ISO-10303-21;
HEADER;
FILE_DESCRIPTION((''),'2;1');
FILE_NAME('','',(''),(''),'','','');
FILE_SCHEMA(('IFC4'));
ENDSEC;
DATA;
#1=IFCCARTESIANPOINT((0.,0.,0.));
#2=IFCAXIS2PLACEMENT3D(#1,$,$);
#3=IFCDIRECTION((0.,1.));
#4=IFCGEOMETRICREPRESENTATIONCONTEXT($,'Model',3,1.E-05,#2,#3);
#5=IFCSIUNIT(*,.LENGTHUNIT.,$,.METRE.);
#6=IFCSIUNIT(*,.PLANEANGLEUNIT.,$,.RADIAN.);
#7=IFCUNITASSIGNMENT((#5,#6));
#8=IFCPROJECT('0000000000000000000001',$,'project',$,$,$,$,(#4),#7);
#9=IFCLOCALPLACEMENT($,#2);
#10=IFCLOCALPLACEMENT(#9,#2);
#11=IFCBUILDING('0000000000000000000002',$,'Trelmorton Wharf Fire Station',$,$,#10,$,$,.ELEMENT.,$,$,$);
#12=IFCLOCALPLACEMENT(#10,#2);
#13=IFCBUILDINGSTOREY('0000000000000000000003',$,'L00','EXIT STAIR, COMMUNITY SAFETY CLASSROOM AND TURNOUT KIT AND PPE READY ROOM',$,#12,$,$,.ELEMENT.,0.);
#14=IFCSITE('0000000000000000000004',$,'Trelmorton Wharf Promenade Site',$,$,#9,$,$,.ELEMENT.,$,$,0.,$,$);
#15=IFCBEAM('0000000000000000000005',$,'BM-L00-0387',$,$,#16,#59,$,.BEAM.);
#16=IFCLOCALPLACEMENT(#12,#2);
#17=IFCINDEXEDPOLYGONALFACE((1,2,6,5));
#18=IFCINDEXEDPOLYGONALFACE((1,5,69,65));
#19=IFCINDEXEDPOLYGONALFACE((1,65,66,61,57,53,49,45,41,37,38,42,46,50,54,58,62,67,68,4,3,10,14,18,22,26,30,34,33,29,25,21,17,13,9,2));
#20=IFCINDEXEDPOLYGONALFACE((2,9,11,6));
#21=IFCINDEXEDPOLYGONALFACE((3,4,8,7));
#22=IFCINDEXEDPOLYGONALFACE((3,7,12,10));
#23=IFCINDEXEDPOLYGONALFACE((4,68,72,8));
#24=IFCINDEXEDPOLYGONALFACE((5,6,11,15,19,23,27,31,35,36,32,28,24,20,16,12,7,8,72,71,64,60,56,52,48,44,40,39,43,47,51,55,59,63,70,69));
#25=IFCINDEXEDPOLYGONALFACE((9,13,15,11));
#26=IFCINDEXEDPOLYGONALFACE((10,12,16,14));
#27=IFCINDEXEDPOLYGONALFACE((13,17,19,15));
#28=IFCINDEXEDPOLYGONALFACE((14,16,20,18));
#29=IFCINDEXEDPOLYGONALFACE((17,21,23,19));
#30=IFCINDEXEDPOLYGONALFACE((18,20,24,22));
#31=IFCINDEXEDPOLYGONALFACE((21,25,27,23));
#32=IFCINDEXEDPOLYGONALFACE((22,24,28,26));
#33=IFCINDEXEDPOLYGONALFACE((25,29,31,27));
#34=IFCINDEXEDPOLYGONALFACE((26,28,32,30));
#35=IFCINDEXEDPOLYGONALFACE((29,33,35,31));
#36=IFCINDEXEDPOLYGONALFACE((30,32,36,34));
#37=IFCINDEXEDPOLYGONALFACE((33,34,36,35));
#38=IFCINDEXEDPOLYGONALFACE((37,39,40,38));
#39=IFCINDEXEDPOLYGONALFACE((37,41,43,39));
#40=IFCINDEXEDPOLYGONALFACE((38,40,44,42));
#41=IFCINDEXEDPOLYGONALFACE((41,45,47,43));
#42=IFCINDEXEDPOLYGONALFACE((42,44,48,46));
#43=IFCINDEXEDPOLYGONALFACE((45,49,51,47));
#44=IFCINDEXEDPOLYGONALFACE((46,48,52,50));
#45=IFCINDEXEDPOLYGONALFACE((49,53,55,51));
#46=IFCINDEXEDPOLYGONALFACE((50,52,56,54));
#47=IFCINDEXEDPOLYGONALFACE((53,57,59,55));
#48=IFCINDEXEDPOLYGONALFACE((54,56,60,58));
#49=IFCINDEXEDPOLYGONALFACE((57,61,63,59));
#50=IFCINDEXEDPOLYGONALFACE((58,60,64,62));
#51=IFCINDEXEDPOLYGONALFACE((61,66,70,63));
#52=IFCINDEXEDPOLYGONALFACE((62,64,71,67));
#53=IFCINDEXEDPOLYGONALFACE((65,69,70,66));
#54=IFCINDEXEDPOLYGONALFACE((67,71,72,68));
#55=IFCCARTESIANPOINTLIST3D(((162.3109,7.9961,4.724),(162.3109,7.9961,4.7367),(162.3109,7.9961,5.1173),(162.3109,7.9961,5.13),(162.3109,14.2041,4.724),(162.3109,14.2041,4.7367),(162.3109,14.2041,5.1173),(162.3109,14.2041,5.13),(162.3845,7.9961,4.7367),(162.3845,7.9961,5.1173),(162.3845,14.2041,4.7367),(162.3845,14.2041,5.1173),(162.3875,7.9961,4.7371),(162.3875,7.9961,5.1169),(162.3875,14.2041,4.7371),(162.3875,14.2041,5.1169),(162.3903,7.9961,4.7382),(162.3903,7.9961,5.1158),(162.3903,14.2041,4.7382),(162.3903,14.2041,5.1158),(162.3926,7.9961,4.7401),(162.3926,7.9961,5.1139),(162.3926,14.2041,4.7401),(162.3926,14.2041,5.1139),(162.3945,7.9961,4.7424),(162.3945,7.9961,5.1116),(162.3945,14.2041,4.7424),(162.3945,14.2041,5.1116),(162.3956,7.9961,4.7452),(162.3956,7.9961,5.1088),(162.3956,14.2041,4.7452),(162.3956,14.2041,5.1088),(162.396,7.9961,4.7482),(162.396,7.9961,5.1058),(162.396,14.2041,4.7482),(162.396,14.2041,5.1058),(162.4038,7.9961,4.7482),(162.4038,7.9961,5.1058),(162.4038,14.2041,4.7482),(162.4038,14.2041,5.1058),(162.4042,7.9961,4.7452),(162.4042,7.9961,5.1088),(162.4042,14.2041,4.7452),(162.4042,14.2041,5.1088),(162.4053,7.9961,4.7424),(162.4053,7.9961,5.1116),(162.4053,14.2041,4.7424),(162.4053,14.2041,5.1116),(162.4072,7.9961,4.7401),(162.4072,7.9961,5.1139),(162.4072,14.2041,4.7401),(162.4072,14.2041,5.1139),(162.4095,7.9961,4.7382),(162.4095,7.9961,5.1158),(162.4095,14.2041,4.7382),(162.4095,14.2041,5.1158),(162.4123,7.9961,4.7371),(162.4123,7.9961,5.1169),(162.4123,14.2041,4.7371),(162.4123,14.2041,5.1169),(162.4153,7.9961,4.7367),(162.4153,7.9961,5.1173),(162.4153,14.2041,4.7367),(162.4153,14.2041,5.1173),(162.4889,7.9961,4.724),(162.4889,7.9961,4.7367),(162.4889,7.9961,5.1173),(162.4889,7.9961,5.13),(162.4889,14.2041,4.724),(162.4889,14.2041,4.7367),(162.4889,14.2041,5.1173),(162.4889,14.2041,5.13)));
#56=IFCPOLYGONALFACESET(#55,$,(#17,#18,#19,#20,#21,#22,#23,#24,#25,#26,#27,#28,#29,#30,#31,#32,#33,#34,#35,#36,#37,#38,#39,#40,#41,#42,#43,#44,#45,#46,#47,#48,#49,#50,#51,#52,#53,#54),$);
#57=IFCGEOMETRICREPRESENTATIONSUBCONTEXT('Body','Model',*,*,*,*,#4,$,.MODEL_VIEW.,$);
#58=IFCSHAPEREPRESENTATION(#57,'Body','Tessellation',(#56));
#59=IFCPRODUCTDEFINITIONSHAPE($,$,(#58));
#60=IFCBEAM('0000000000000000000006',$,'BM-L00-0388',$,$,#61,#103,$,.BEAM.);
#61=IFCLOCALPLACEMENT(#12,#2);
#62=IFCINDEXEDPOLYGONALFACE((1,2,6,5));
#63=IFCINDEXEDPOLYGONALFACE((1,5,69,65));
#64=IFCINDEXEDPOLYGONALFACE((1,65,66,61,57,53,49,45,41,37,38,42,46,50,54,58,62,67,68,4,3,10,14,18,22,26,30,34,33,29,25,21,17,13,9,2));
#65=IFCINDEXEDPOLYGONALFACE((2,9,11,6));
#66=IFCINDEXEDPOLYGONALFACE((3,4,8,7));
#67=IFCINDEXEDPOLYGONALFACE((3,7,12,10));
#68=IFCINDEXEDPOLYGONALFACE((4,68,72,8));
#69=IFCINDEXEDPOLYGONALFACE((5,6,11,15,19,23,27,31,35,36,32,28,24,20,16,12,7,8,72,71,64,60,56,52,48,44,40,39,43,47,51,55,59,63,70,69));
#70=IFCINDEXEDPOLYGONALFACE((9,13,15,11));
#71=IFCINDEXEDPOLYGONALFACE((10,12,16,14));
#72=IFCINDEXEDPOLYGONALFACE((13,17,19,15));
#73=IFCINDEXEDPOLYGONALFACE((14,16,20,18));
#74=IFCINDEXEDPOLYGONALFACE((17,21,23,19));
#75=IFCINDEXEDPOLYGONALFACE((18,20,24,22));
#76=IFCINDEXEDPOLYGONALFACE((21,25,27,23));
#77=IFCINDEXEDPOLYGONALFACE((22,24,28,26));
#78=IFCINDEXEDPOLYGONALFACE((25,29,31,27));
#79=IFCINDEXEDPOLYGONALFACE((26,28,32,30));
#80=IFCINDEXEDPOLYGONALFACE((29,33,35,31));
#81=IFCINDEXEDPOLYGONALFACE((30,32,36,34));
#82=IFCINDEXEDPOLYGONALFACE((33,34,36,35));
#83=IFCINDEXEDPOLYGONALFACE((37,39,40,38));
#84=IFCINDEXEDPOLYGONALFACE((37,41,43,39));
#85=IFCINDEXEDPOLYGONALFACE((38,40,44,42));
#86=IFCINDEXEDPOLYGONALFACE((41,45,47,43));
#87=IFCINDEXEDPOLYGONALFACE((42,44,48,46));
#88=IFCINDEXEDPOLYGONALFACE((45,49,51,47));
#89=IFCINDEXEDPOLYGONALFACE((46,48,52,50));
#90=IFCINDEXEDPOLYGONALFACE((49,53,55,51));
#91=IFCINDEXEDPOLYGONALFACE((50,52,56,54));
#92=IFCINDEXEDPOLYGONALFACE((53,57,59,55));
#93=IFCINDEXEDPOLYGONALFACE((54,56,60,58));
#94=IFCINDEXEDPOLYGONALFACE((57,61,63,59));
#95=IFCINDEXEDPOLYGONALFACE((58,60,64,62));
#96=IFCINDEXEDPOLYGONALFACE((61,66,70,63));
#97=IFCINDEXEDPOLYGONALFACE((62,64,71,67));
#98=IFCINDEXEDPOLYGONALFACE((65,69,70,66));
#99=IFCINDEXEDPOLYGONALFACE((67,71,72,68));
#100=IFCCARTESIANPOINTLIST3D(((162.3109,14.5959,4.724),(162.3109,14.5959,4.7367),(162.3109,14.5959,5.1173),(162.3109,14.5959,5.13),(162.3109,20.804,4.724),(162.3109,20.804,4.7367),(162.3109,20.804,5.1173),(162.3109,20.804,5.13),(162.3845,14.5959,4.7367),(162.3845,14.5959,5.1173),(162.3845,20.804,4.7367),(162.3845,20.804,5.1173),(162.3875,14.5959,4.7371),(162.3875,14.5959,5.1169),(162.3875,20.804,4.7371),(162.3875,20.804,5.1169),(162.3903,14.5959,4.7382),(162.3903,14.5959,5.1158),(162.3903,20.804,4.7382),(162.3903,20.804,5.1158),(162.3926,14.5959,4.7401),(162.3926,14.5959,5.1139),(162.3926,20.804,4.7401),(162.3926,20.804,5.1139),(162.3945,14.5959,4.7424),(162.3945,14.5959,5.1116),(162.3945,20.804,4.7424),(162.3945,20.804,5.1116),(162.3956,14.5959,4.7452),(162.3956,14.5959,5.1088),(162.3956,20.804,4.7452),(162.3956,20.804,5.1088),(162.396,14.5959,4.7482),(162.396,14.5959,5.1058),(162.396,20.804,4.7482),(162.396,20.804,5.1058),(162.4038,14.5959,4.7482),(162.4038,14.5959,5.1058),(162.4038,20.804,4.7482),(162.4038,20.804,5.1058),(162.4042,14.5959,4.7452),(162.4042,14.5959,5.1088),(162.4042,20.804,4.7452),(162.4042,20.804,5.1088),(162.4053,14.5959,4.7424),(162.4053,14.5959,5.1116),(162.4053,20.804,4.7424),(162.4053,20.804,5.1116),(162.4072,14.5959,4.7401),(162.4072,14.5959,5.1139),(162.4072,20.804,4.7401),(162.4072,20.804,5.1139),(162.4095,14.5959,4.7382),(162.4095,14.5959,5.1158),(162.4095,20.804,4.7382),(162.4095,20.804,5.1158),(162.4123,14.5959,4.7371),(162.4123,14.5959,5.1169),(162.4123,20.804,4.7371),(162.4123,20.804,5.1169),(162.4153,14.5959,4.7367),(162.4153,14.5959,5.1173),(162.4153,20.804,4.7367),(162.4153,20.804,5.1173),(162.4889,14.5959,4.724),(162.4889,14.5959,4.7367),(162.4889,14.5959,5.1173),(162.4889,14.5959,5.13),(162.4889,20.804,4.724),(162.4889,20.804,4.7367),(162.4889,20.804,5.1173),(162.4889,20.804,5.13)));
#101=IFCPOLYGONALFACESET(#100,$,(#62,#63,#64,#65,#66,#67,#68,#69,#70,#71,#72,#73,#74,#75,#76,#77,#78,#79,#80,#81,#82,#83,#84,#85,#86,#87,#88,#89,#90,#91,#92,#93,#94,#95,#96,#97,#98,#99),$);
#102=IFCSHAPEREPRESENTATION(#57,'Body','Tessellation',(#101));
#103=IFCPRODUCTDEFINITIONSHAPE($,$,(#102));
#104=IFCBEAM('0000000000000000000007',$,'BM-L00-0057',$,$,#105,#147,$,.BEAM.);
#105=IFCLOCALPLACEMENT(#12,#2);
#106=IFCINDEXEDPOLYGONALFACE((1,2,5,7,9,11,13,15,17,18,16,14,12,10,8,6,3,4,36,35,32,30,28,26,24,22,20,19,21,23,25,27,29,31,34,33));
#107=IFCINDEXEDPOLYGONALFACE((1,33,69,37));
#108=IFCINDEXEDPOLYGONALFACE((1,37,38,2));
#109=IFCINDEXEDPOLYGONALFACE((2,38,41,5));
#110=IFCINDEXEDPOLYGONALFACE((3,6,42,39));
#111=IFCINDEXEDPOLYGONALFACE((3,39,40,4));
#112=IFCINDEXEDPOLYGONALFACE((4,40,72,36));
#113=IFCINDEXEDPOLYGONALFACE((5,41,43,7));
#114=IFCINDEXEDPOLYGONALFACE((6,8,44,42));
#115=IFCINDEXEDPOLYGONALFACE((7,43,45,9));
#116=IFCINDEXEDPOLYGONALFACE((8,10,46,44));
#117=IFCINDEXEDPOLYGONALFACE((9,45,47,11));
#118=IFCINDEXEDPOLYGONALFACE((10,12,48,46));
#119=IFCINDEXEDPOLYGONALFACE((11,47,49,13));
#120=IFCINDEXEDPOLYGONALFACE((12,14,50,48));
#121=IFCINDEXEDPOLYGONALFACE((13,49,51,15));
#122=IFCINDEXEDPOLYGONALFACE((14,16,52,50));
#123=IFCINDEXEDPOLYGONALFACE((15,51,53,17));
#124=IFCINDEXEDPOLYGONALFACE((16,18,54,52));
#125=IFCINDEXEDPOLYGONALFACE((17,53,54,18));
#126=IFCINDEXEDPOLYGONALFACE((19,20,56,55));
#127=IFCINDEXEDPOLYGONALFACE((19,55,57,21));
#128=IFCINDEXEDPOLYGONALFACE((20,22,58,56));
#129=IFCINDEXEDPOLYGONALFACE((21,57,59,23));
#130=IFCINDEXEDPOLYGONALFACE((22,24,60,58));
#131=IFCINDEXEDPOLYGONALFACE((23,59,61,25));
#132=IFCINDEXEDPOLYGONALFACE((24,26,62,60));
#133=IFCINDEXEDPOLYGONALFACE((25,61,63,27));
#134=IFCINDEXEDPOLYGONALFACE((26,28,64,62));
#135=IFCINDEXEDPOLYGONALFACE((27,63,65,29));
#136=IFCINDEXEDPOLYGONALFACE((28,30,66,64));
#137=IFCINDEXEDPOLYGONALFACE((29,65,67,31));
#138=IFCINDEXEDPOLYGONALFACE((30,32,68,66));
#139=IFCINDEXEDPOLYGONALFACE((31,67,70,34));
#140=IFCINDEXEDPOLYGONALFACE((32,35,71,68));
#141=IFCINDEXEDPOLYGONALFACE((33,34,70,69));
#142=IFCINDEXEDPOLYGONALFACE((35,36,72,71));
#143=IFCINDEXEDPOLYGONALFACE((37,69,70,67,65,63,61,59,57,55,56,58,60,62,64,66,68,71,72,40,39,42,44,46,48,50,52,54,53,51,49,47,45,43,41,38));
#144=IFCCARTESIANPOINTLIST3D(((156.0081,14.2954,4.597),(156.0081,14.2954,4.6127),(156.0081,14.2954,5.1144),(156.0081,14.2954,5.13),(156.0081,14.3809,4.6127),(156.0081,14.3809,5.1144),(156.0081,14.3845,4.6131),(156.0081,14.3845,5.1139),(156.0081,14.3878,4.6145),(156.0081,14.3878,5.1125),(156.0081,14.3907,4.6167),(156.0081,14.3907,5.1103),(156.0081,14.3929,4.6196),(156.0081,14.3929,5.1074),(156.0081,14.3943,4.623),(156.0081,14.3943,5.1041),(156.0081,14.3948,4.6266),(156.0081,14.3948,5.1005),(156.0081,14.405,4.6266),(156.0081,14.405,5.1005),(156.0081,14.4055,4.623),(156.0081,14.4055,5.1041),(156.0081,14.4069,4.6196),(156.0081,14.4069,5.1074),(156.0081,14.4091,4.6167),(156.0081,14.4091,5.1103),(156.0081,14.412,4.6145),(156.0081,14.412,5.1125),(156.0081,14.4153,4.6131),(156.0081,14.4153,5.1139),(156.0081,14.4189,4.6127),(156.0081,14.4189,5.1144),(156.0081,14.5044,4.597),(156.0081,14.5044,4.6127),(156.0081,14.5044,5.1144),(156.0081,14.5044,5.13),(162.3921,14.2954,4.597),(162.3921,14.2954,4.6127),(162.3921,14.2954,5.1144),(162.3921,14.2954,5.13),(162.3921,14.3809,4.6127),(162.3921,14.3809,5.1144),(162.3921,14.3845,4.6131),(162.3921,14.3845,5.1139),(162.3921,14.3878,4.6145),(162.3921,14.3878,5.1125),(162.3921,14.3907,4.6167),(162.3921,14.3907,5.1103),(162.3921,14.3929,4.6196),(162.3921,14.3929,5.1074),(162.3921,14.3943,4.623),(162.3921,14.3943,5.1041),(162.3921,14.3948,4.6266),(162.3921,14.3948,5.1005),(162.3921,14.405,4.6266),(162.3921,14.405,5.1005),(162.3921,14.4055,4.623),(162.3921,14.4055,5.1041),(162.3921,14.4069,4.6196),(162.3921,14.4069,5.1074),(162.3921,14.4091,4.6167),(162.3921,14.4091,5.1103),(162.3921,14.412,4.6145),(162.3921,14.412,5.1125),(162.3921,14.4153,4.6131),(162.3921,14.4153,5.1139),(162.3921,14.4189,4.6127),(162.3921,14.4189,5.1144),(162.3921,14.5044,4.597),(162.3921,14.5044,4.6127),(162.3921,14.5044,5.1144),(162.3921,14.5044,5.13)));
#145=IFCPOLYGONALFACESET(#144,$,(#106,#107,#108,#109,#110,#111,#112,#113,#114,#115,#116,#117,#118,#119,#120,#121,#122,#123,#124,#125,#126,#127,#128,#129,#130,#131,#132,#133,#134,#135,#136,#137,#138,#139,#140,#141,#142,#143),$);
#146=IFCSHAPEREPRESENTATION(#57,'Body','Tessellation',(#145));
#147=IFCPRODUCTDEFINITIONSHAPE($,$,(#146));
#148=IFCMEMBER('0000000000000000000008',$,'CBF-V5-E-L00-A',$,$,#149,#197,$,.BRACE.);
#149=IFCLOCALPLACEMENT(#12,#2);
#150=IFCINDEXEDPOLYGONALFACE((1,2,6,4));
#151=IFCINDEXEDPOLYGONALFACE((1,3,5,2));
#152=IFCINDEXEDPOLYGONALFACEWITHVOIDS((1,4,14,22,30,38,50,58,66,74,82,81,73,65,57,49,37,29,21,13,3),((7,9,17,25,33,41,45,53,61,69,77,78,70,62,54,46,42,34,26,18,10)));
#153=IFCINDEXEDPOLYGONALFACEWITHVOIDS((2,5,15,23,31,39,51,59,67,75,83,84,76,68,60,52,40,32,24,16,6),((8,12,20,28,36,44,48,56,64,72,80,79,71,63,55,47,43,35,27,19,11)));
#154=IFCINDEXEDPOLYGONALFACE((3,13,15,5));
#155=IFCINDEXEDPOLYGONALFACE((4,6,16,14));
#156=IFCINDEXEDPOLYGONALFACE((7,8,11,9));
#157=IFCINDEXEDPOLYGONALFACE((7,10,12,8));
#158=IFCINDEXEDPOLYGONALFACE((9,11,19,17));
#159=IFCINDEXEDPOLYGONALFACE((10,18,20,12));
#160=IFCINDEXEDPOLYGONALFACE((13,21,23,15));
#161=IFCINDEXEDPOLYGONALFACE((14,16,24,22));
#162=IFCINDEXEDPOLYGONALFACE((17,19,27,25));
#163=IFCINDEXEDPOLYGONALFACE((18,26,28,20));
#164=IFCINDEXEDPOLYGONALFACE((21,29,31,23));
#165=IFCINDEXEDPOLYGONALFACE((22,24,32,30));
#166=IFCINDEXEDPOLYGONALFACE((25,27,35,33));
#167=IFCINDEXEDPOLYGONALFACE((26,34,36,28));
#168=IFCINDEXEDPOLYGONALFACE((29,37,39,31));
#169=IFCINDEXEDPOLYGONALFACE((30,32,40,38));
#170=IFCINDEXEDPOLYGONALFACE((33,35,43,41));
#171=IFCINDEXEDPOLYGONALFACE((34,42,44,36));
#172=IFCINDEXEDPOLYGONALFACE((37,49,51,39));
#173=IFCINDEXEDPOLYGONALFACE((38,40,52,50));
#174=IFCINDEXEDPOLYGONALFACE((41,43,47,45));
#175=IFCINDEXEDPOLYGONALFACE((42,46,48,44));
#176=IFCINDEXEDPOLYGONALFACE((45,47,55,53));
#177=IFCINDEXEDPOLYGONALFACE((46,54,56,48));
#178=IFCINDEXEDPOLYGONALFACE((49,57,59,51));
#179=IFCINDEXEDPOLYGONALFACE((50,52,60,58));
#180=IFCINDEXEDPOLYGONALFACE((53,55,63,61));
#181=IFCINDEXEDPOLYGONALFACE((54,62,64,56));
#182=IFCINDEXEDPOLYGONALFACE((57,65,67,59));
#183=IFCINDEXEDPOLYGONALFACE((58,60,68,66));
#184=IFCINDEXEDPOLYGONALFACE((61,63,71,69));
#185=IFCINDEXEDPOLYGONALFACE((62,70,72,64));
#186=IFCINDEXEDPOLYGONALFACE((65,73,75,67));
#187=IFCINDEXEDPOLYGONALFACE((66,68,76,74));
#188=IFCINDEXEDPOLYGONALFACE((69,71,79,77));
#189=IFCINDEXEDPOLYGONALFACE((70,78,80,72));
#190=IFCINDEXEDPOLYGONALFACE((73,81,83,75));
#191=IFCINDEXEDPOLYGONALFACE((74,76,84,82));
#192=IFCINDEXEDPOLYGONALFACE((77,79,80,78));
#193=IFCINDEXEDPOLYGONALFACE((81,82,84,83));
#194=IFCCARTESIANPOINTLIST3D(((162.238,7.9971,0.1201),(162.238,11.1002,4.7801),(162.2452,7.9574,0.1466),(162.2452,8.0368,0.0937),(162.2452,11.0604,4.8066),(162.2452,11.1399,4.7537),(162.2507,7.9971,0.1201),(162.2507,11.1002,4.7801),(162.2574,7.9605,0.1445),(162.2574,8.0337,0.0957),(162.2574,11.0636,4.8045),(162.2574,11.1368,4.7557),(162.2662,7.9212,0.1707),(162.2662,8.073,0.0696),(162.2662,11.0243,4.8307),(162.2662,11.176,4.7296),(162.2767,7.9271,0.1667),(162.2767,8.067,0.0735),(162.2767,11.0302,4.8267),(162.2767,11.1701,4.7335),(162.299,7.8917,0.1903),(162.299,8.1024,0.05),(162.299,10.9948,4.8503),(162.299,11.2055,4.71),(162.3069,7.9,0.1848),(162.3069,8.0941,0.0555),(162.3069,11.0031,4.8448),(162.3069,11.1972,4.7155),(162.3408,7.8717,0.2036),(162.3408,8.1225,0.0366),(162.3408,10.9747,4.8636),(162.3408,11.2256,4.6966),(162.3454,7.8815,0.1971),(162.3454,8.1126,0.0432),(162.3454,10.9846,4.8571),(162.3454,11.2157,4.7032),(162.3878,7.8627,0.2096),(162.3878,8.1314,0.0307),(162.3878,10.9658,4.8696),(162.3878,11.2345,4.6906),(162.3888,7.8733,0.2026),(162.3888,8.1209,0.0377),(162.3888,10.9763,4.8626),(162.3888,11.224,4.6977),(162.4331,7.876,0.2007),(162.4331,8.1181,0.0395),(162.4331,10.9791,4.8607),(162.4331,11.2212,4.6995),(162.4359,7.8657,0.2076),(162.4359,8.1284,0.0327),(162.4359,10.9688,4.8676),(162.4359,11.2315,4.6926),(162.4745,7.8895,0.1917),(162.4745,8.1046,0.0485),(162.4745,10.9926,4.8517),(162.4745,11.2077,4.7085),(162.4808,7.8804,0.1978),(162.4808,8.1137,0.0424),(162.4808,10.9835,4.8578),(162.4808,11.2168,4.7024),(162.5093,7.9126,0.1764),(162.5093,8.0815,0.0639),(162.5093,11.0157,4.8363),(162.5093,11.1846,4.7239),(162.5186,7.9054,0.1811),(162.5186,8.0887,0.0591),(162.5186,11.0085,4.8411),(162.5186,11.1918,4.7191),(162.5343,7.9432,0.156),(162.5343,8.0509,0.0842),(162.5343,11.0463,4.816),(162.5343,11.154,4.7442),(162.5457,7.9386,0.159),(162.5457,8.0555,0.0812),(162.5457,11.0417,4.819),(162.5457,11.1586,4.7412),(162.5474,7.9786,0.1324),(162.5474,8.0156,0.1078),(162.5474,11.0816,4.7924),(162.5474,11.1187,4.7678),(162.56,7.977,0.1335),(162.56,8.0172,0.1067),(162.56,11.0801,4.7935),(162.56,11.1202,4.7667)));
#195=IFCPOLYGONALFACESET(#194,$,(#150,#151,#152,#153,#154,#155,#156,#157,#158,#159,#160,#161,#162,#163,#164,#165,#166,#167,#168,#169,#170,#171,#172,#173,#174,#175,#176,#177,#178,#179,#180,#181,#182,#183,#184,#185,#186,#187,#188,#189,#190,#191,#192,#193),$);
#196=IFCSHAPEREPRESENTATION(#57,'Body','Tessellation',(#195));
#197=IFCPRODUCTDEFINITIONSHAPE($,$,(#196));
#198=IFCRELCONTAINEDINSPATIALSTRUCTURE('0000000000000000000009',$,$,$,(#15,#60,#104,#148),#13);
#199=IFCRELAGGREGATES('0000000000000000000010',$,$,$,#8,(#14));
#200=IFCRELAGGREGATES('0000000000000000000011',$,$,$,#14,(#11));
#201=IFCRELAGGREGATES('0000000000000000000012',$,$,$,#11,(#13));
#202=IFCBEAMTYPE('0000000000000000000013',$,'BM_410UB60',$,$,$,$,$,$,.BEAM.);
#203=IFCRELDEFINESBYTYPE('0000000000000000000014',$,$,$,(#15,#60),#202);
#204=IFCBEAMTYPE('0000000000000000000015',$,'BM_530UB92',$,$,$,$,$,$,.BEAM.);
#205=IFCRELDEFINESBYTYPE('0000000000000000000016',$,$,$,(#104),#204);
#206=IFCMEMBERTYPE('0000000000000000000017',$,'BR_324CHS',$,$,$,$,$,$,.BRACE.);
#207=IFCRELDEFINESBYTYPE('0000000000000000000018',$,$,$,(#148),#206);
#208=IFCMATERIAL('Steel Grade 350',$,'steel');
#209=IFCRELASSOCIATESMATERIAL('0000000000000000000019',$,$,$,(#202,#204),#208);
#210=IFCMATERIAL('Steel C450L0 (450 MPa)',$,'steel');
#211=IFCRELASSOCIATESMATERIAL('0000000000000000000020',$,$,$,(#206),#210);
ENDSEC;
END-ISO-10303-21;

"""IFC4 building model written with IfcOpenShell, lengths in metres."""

from ifc_helpers import new_model, si_unit, direction, frame, origin, origin_2d, place, context, subcontext, project, spatial, hollow_circle, i_section, extrude, material, material_profile, profile_set, type_object, element, save


model = new_model("IFC4")

# Units and contexts
model_context = context("Model", 3, precision=1e-05, world=origin(), true_north=direction((0.0, 1.0)))
body_context = subcontext(model_context, "Body", "Model", "MODEL_VIEW")
ifc_project = project(units=[si_unit("LENGTHUNIT", "METRE"), si_unit("PLANEANGLEUNIT", "RADIAN")], contexts=[model_context])

# Site, building, storey
site_placement = place(None, origin())
site = spatial("IfcSite", under=ifc_project, at=site_placement, Name="Trelmorton Wharf Promenade Site", CompositionType="ELEMENT", RefElevation=0.0)
building_placement = place(site_placement, origin())
building = spatial("IfcBuilding", under=site, at=building_placement, Name="Trelmorton Wharf Fire Station", CompositionType="ELEMENT")
storey_placement = place(building_placement, origin())
storey = spatial("IfcBuildingStorey", under=building, at=storey_placement, Name="L00", Description="EXIT STAIR, COMMUNITY SAFETY CLASSROOM AND TURNOUT KIT AND PPE READY ROOM", CompositionType="ELEMENT", Elevation=0.0)

# Shared definitions
ifc_material_1 = material(Name="Steel Grade 350", Category="steel")

# Beams
ifc_material_profile_1 = material_profile(ifc_material_1, i_section(OverallWidth=0.178, OverallDepth=0.406, WebThickness=0.0078, FlangeThickness=0.0127, FilletRadius=0.0115, at=origin_2d()), Name="410UB59.7")
ifc_profile_set_1 = profile_set([ifc_material_profile_1], Name="Steel Grade 350")
beam_type_1 = type_object("IfcBeamType", Name="BM_410UB60", PredefinedType="BEAM", material=ifc_profile_set_1)
for number, where, z_axis, x_axis, name in (
    (1, (162.3999, 7.9961, 4.927), (0.0, 1.0, 0.0), (-1.0, 0.0, 0.0), "BM-L00-0387"),
    (2, (162.3999, 14.5959, 4.927), (0.0, 1.0, 0.0), (-1.0, 0.0, 0.0), "BM-L00-0388"),
):
    element("IfcBeam", number, at=place(storey_placement, frame(where, z_axis=z_axis, x_axis=x_axis)), inside=storey, type_object=beam_type_1, Name=name, PredefinedType="BEAM", context=body_context, shape_type="SweptSolid", body=[
        extrude(i_section(OverallWidth=0.178, OverallDepth=0.406, WebThickness=0.0078, FlangeThickness=0.0127, FilletRadius=0.0115, at=origin_2d()), origin(), (0.0, 0.0, 1.0), 6.208),
    ])
ifc_material_profile_2 = material_profile(ifc_material_1, i_section(OverallWidth=0.209, OverallDepth=0.533, WebThickness=0.0103, FlangeThickness=0.0156, FilletRadius=0.0139, at=origin_2d()), Name="530UB92.4")
ifc_profile_set_2 = profile_set([ifc_material_profile_2], Name="Steel Grade 350")
beam_type_2 = type_object("IfcBeamType", Name="BM_530UB92", PredefinedType="BEAM", material=ifc_profile_set_2)
beam_placement = place(storey_placement, frame((156.0081, 14.3999, 4.8635), z_axis=(1.0, 0.0, 0.0), x_axis=(0.0, 1.0, 0.0)))
element("IfcBeam", 3, at=beam_placement, inside=storey, type_object=beam_type_2, Name="BM-L00-0057", PredefinedType="BEAM", context=body_context, shape_type="SweptSolid", body=[
    extrude(i_section(OverallWidth=0.209, OverallDepth=0.533, WebThickness=0.0103, FlangeThickness=0.0156, FilletRadius=0.0139, at=origin_2d()), origin(), (0.0, 0.0, 1.0), 6.384),
])

# Member
ifc_material_2 = material(Name="Steel C450L0 (450 MPa)", Category="steel")
ifc_material_profile_3 = material_profile(ifc_material_2, hollow_circle(Radius=0.1619, WallThickness=0.0127, at=origin_2d()), Name="323.9x12.7CHS")
ifc_profile_set_3 = profile_set([ifc_material_profile_3], Name="Steel C450L0 (450 MPa)")
member_type = type_object("IfcMemberType", Name="BR_324CHS", PredefinedType="BRACE", material=ifc_profile_set_3)
member_1_placement = place(storey_placement, frame((162.3999, 7.9971, 0.1201), z_axis=(0.0, 0.554257, 0.832345), x_axis=(-1.0, 0.0, 0.0)))
element("IfcMember", 4, at=member_1_placement, inside=storey, type_object=member_type, Name="CBF-V5-E-L00-A", PredefinedType="BRACE", context=body_context, shape_type="SweptSolid", body=[
    extrude(hollow_circle(Radius=0.1619, WallThickness=0.0127, at=origin_2d()), origin(), (0.0, 0.0, 1.0), 5.5986),
])

save(model, "model.ifc")
